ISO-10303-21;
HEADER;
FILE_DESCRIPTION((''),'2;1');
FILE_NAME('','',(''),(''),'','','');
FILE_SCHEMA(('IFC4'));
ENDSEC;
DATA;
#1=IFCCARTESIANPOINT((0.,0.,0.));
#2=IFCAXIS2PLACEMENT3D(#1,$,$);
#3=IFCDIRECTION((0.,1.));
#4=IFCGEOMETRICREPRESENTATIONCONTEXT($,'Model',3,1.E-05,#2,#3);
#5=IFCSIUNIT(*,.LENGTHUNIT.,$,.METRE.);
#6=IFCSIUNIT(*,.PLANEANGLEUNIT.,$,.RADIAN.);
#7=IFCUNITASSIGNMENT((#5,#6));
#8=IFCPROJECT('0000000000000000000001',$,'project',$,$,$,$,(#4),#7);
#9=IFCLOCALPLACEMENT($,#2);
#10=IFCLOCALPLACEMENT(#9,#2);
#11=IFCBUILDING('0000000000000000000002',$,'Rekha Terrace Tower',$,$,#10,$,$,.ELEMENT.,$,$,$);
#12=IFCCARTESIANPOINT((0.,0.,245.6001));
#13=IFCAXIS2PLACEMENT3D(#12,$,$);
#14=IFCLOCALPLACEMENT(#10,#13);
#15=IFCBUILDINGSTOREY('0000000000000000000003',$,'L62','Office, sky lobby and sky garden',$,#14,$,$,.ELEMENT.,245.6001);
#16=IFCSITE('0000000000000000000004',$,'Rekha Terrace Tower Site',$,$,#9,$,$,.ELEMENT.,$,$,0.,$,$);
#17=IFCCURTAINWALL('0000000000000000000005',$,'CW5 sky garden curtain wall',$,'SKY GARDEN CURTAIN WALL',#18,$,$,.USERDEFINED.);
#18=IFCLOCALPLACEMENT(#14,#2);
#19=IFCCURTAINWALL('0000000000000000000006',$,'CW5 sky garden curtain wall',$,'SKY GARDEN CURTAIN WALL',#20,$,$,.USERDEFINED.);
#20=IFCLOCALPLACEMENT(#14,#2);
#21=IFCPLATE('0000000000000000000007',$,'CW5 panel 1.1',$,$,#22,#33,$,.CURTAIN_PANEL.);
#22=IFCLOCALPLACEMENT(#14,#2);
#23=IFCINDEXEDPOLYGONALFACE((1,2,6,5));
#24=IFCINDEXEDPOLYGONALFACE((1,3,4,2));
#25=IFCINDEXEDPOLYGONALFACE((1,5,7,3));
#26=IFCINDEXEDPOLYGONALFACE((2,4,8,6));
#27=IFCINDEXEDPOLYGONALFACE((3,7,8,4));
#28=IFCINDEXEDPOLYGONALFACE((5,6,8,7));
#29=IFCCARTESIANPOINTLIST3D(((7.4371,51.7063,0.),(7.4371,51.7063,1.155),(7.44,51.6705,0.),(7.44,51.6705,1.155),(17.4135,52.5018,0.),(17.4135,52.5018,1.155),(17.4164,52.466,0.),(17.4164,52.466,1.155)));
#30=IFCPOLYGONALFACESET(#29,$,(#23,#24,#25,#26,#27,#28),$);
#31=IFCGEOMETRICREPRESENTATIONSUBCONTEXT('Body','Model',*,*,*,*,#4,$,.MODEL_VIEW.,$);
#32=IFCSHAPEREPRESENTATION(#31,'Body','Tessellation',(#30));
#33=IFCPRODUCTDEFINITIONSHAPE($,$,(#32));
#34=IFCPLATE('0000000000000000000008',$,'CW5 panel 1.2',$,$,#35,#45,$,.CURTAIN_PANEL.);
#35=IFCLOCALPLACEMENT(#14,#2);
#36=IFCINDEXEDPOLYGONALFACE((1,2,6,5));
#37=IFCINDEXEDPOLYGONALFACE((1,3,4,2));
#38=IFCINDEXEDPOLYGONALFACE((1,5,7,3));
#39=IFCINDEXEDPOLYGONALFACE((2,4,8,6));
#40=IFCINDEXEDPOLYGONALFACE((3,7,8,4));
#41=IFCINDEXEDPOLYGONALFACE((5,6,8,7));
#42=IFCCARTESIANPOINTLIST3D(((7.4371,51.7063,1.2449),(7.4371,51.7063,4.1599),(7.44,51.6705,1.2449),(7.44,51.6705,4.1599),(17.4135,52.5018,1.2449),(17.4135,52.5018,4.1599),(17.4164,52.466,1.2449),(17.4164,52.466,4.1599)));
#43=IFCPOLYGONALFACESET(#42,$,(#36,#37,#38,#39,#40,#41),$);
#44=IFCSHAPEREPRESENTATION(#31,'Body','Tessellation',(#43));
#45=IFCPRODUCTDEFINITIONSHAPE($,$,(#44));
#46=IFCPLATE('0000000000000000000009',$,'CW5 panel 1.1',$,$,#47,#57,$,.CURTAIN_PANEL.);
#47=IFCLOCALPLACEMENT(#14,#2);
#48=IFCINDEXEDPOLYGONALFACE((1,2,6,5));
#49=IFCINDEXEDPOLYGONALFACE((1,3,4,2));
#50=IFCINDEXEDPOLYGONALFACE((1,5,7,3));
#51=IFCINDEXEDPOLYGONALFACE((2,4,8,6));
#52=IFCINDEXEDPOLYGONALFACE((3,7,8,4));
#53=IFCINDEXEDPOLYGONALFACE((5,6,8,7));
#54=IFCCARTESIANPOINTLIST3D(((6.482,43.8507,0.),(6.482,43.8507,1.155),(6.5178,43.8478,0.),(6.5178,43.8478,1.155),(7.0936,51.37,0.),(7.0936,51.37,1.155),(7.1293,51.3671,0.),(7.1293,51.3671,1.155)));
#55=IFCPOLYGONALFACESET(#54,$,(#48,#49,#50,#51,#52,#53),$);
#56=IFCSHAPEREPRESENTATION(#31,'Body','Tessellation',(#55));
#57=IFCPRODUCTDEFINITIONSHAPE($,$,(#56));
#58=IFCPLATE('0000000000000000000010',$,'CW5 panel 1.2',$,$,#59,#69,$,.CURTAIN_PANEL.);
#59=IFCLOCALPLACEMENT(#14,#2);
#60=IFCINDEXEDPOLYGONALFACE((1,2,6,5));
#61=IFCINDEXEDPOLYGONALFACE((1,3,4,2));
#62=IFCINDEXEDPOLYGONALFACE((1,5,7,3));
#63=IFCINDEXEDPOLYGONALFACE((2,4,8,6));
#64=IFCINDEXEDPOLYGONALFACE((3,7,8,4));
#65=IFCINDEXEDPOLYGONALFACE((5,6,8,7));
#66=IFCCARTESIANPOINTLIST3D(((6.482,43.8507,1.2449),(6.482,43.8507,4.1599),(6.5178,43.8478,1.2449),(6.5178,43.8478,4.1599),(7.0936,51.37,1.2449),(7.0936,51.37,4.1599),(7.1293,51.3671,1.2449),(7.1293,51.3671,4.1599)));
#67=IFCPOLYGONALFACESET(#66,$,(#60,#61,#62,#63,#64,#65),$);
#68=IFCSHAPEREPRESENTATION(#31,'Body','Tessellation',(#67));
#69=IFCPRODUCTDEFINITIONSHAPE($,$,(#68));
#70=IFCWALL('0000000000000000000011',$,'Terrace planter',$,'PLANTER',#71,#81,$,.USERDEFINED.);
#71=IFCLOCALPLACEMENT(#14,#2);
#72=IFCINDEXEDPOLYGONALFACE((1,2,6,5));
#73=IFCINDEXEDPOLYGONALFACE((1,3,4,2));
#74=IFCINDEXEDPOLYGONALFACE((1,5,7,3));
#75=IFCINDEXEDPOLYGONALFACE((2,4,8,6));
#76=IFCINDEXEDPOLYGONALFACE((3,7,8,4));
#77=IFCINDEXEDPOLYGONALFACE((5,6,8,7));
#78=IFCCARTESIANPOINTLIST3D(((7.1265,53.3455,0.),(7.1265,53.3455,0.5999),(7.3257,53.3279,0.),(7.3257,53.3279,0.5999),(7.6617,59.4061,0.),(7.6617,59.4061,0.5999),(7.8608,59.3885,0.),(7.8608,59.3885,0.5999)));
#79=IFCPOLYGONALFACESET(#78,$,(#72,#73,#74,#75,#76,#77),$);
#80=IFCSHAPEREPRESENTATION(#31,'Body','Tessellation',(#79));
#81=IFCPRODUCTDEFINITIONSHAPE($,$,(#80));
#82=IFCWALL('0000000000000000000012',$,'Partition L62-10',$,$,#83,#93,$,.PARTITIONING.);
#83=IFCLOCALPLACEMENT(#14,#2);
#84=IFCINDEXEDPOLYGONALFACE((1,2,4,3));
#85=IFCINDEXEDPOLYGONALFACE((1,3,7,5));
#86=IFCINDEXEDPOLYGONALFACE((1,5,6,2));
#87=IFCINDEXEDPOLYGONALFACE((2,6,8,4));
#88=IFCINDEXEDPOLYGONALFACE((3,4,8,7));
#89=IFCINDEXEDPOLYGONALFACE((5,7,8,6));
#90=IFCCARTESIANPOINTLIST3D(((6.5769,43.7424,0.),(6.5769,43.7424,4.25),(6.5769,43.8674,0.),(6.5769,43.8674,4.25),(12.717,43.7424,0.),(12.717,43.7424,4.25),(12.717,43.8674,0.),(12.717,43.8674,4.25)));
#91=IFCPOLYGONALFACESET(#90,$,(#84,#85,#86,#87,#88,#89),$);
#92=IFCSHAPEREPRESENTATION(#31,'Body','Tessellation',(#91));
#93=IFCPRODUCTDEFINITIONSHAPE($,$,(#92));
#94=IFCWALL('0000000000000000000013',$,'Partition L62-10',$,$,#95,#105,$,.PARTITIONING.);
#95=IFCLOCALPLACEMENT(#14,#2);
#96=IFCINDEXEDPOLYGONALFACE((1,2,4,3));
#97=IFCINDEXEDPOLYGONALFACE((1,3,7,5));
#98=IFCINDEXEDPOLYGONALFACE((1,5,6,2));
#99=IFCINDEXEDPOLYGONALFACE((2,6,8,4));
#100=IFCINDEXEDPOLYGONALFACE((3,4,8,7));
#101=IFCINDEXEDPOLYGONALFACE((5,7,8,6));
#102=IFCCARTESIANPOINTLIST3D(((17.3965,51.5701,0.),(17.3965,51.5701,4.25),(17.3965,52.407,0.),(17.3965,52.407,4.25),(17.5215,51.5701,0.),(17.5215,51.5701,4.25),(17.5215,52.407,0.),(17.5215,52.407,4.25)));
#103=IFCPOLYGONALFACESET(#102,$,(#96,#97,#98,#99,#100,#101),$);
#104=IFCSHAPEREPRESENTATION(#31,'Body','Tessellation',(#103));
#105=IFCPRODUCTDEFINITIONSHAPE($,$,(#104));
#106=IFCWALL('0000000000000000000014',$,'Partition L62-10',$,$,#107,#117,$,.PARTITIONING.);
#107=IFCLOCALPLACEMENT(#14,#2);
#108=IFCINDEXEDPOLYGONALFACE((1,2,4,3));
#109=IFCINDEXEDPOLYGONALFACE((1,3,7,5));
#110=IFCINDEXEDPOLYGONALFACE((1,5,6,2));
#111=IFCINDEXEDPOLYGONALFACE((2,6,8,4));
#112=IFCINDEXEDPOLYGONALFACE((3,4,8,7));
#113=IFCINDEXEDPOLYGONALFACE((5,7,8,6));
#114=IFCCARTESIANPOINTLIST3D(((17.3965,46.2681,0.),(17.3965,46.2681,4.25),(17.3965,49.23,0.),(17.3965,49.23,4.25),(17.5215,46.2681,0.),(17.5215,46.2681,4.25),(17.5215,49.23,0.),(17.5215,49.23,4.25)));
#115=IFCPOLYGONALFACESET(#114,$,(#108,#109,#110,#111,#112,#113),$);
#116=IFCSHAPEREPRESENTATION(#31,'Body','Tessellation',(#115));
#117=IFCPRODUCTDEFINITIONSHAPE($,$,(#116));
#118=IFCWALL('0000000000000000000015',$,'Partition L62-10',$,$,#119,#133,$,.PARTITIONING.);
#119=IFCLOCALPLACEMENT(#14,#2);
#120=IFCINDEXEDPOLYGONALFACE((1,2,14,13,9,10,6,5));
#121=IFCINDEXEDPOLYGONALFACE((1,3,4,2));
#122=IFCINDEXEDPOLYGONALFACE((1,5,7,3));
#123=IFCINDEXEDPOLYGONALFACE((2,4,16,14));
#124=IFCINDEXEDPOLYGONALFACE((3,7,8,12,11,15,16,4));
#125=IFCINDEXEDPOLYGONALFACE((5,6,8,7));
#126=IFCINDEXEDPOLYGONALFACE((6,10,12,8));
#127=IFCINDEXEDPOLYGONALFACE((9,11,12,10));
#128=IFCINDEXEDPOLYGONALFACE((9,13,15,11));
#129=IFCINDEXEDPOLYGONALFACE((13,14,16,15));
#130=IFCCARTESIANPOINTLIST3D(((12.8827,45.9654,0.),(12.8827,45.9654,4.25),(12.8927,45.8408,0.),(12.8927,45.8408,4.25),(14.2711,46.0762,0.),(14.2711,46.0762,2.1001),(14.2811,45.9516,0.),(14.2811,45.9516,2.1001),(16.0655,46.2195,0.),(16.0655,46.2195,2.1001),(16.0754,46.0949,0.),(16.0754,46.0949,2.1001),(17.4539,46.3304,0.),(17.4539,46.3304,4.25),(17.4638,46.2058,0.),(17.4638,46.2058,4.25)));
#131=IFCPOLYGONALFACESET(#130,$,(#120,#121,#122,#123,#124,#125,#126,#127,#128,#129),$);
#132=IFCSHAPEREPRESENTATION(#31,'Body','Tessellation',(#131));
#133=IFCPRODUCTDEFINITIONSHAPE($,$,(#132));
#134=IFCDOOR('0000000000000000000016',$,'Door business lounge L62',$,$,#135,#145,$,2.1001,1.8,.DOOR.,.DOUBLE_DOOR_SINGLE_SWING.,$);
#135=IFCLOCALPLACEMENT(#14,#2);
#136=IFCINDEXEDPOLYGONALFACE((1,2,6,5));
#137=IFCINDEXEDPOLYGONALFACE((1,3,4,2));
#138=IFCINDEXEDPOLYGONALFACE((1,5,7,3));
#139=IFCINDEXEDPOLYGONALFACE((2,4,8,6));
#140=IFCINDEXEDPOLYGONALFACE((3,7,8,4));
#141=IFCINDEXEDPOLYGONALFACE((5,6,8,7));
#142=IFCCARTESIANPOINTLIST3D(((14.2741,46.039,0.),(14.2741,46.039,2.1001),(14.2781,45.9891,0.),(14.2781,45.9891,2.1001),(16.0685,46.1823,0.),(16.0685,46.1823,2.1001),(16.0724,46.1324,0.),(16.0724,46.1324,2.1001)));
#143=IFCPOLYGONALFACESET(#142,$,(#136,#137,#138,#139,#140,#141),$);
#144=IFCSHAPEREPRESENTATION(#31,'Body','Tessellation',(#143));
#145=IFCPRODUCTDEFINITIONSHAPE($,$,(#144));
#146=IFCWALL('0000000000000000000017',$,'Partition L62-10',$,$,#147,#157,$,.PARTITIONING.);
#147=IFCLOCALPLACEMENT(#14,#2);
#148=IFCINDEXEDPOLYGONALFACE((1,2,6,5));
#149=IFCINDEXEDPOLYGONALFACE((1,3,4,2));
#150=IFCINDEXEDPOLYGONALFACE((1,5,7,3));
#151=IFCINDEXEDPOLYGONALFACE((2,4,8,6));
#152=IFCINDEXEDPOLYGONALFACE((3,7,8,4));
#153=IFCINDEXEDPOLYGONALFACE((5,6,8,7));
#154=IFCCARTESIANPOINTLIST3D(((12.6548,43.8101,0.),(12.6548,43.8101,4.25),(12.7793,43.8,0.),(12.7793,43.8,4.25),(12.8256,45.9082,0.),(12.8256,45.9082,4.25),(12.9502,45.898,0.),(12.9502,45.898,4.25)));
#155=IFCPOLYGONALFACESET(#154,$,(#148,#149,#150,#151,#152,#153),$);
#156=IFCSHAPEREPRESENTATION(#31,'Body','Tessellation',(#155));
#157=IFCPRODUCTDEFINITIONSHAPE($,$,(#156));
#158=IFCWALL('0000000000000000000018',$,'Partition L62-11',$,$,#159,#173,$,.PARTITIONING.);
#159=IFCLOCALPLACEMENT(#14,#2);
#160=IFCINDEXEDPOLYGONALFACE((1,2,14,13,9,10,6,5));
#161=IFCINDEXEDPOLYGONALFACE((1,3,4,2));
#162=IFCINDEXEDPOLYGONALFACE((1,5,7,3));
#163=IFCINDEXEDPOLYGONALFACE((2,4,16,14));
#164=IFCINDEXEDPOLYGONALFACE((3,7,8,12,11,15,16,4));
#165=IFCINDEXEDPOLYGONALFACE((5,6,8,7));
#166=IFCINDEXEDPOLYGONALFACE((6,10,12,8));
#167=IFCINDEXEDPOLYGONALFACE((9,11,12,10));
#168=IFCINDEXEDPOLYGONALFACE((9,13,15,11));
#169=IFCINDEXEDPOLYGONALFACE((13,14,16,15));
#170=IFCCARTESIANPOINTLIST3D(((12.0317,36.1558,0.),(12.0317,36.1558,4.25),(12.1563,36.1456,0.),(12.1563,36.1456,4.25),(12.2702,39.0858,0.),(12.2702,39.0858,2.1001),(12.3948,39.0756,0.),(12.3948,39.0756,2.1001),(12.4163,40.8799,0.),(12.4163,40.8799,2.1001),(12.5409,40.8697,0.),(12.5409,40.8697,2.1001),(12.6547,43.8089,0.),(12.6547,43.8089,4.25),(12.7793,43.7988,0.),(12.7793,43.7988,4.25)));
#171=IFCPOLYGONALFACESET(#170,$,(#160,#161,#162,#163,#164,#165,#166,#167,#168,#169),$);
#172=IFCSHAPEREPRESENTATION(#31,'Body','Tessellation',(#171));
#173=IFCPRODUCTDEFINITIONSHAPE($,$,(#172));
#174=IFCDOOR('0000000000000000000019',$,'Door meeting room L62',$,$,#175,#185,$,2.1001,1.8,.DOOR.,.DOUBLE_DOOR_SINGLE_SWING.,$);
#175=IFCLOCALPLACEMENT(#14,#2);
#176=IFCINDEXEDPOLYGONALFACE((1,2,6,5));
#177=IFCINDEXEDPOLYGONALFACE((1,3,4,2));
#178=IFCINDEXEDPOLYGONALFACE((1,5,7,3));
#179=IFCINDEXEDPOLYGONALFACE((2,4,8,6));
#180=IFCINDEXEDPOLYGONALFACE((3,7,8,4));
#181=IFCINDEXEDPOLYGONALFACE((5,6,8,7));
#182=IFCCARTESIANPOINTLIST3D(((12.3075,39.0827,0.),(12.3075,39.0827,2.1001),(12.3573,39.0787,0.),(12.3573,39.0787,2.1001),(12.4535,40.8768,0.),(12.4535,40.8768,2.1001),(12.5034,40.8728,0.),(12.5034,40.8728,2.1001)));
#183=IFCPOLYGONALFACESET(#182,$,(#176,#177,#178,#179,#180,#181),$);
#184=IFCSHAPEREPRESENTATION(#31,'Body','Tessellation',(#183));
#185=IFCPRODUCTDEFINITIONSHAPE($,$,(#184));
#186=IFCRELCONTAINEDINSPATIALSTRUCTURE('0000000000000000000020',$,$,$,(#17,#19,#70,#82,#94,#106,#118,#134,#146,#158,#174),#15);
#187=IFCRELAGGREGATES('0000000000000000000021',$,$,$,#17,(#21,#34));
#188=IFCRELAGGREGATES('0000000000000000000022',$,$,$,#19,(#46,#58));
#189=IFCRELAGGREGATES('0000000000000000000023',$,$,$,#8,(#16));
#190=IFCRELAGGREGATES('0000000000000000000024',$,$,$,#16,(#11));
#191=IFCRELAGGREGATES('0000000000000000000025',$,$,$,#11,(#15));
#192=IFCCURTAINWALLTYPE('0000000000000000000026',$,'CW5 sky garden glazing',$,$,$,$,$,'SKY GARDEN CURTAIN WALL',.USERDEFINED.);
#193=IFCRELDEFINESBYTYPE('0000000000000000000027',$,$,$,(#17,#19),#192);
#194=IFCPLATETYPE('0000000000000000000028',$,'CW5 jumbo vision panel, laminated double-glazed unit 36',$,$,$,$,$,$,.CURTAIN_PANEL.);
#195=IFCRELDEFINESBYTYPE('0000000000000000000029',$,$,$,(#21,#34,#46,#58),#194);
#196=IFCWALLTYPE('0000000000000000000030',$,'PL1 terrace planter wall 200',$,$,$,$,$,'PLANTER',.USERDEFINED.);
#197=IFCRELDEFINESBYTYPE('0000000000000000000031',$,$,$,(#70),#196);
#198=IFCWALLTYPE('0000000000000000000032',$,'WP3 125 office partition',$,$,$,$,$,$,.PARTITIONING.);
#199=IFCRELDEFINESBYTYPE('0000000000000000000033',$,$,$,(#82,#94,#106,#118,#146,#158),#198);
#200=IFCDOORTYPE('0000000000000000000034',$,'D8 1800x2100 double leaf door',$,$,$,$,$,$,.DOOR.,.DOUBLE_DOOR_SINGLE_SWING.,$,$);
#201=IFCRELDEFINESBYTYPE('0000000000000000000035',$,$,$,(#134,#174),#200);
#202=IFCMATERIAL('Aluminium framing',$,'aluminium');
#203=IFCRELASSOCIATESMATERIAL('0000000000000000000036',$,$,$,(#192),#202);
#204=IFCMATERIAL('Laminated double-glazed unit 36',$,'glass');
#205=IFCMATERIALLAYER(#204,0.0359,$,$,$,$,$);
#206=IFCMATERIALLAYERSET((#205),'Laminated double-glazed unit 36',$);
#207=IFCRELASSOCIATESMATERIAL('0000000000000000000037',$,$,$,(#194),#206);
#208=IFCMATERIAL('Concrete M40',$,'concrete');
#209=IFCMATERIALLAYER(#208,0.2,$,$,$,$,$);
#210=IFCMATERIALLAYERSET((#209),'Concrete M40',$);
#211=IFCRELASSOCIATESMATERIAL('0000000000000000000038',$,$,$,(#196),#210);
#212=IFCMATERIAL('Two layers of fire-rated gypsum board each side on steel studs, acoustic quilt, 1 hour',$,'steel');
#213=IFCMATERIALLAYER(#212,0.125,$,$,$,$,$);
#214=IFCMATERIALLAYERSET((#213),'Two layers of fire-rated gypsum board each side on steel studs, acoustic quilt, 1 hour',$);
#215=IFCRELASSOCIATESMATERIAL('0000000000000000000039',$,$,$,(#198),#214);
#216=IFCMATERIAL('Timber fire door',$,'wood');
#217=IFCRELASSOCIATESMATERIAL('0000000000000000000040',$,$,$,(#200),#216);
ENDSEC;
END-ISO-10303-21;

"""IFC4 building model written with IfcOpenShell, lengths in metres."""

from ifc_helpers import new_model, si_unit, direction, frame, frame_2d, origin, origin_2d, place, context, subcontext, project, spatial, rectangle, extrude, material, layer, layer_set, type_object, element, fill, aggregate, save


model = new_model("IFC4")

# Units and contexts
model_context = context("Model", 3, precision=1e-05, world=origin(), true_north=direction((0.0, 1.0)))
body_context = subcontext(model_context, "Body", "Model", "MODEL_VIEW")
ifc_project = project(units=[si_unit("LENGTHUNIT", "METRE"), si_unit("PLANEANGLEUNIT", "RADIAN")], contexts=[model_context])

# Site, building, storey
site_placement = place(None, origin())
site = spatial("IfcSite", under=ifc_project, at=site_placement, Name="Rekha Terrace Tower Site", CompositionType="ELEMENT", RefElevation=0.0)
building_placement = place(site_placement, origin())
building = spatial("IfcBuilding", under=site, at=building_placement, Name="Rekha Terrace Tower", CompositionType="ELEMENT")
storey_placement = place(building_placement, frame((0.0, 0.0, 245.6001)))
storey = spatial("IfcBuildingStorey", under=building, at=storey_placement, Name="L62", Description="Office, sky lobby and sky garden", CompositionType="ELEMENT", Elevation=245.6001)

# Curtain wall
ifc_material_1 = material(Name="Aluminium framing", Category="aluminium")
curtain_wall_type = type_object("IfcCurtainWallType", Name="CW5 sky garden glazing", ElementType="SKY GARDEN CURTAIN WALL", PredefinedType="USERDEFINED", material=ifc_material_1)
curtain_wall_1_placement = place(storey_placement, origin())
curtain_wall_1 = element("IfcCurtainWall", 1, at=curtain_wall_1_placement, inside=storey, type_object=curtain_wall_type, Name="CW5 sky garden curtain wall", ObjectType="SKY GARDEN CURTAIN WALL", PredefinedType="USERDEFINED")

# Curtain wall
curtain_wall_2_placement = place(storey_placement, origin())
curtain_wall_2 = element("IfcCurtainWall", 2, at=curtain_wall_2_placement, inside=storey, type_object=curtain_wall_type, Name="CW5 sky garden curtain wall", ObjectType="SKY GARDEN CURTAIN WALL", PredefinedType="USERDEFINED")

# Plates
ifc_material_2 = material(Name="Laminated double-glazed unit 36", Category="glass")
ifc_layer_1 = layer(ifc_material_2, 0.0359)
ifc_layer_set_1 = layer_set([ifc_layer_1], Name="Laminated double-glazed unit 36")
plate_type = type_object("IfcPlateType", Name="CW5 jumbo vision panel, laminated double-glazed unit 36", PredefinedType="CURTAIN_PANEL", material=ifc_layer_set_1)
plate_1_placement = place(storey_placement, frame((12.4268, 52.0862, 0.0), z_axis=(0.0, 0.0, 1.0), x_axis=(-0.996836, -0.079485, 0.0)))
plate_1 = element("IfcPlate", 3, at=plate_1_placement, type_object=plate_type, Name="CW5 panel 1.1", PredefinedType="CURTAIN_PANEL", context=body_context, shape_type="SweptSolid", body=[
    extrude(rectangle(XDim=10.0081, YDim=0.0359, at=origin_2d()), origin(), (0.0, 0.0, 1.0), 1.155),
])
plate_2_placement = place(storey_placement, frame((12.4268, 52.0862, 1.2449), z_axis=(0.0, 0.0, 1.0), x_axis=(-0.996836, -0.079485, 0.0)))
plate_2 = element("IfcPlate", 4, at=plate_2_placement, type_object=plate_type, Name="CW5 panel 1.2", PredefinedType="CURTAIN_PANEL", context=body_context, shape_type="SweptSolid", body=[
    extrude(rectangle(XDim=10.0081, YDim=0.0359, at=origin_2d()), origin(), (0.0, 0.0, 1.0), 2.915),
])
aggregate(curtain_wall_1, [plate_1, plate_2])
plate_3_placement = place(storey_placement, frame((6.8057, 47.6089, 0.0), z_axis=(0.0, 0.0, 1.0), x_axis=(-0.081068, -0.996709, 0.0)))
plate_3 = element("IfcPlate", 5, at=plate_3_placement, type_object=plate_type, Name="CW5 panel 1.1", PredefinedType="CURTAIN_PANEL", context=body_context, shape_type="SweptSolid", body=[
    extrude(rectangle(XDim=7.5442, YDim=0.0359, at=origin_2d()), origin(), (0.0, 0.0, 1.0), 1.155),
])
plate_4_placement = place(storey_placement, frame((6.8057, 47.6089, 1.2449), z_axis=(0.0, 0.0, 1.0), x_axis=(-0.081068, -0.996709, 0.0)))
plate_4 = element("IfcPlate", 6, at=plate_4_placement, type_object=plate_type, Name="CW5 panel 1.2", PredefinedType="CURTAIN_PANEL", context=body_context, shape_type="SweptSolid", body=[
    extrude(rectangle(XDim=7.5442, YDim=0.0359, at=origin_2d()), origin(), (0.0, 0.0, 1.0), 2.915),
])
aggregate(curtain_wall_2, [plate_3, plate_4])

# Walls
ifc_material_3 = material(Name="Concrete M40", Category="concrete")
ifc_layer_2 = layer(ifc_material_3, 0.2)
ifc_layer_set_2 = layer_set([ifc_layer_2], Name="Concrete M40")
wall_type_1 = type_object("IfcWallType", Name="PL1 terrace planter wall 200", ElementType="PLANTER", PredefinedType="USERDEFINED", material=ifc_layer_set_2)
wall_1_placement = place(storey_placement, frame((7.7612, 59.3972, 0.0), z_axis=(0.0, 0.0, 1.0), x_axis=(-0.087959, -0.996124, 0.0)))
element("IfcWall", 7, at=wall_1_placement, inside=storey, type_object=wall_type_1, Name="Terrace planter", ObjectType="PLANTER", PredefinedType="USERDEFINED", context=body_context, shape_type="SweptSolid", body=[
    extrude(rectangle(XDim=6.0842, YDim=0.2, at=frame_2d((3.042, 0.0))), origin(), (0.0, 0.0, 1.0), 0.5999),
])
ifc_material_4 = material(Name="Two layers of fire-rated gypsum board each side on steel studs, acoustic quilt, 1 hour", Category="steel")
ifc_layer_3 = layer(ifc_material_4, 0.125)
ifc_layer_set_3 = layer_set([ifc_layer_3], Name="Two layers of fire-rated gypsum board each side on steel studs, acoustic quilt, 1 hour")
wall_type_2 = type_object("IfcWallType", Name="WP3 125 office partition", PredefinedType="PARTITIONING", material=ifc_layer_set_3)
wall_2_placement = place(storey_placement, frame((12.717, 43.8049, 0.0), z_axis=(0.0, 0.0, 1.0), x_axis=(-1.0, 0.0, 0.0)))
element("IfcWall", 8, at=wall_2_placement, inside=storey, type_object=wall_type_2, Name="Partition L62-10", PredefinedType="PARTITIONING", context=body_context, shape_type="SweptSolid", body=[
    extrude(rectangle(XDim=6.1401, YDim=0.125, at=frame_2d((3.0701, 0.0))), origin(), (0.0, 0.0, 1.0), 4.25),
])
wall_3_placement = place(storey_placement, frame((17.459, 52.407, 0.0), z_axis=(0.0, 0.0, 1.0), x_axis=(0.0, -1.0, 0.0)))
element("IfcWall", 9, at=wall_3_placement, inside=storey, type_object=wall_type_2, Name="Partition L62-10", PredefinedType="PARTITIONING", context=body_context, shape_type="SweptSolid", body=[
    extrude(rectangle(XDim=0.8369, YDim=0.125, at=frame_2d((0.4185, 0.0))), origin(), (0.0, 0.0, 1.0), 4.25),
])
wall_4_placement = place(storey_placement, frame((17.459, 49.23, 0.0), z_axis=(0.0, 0.0, 1.0), x_axis=(0.0, -1.0, 0.0)))
element("IfcWall", 10, at=wall_4_placement, inside=storey, type_object=wall_type_2, Name="Partition L62-10", PredefinedType="PARTITIONING", context=body_context, shape_type="SweptSolid", body=[
    extrude(rectangle(XDim=2.9619, YDim=0.125, at=frame_2d((1.481, 0.0))), origin(), (0.0, 0.0, 1.0), 4.25),
])

# Wall, opening, door
wall_5_placement = place(storey_placement, frame((17.459, 46.2681, 0.0), z_axis=(0.0, 0.0, 1.0), x_axis=(-0.996827, -0.079595, 0.0)))
wall_5 = element("IfcWall", 11, at=wall_5_placement, inside=storey, type_object=wall_type_2, Name="Partition L62-10", PredefinedType="PARTITIONING", context=body_context, shape_type="SweptSolid", body=[
    extrude(rectangle(XDim=4.5857, YDim=0.125, at=frame_2d((2.293, 0.0))), origin(), (0.0, 0.0, 1.0), 4.25),
])
opening_1_placement = place(wall_5_placement, frame((1.3931, 0.0, 0.0)))
opening_1 = element("IfcOpeningElement", 12, at=opening_1_placement, cuts=wall_5, PredefinedType="OPENING", context=body_context, shape_type="SweptSolid", body=[
    extrude(rectangle(XDim=1.8, YDim=2.1001, at=frame_2d((0.8999, 1.05))), frame((0.0, 0.0725, 0.0), z_axis=(0.0, -1.0, 0.0), x_axis=(1.0, 0.0, 0.0)), (0.0, 0.0, 1.0), 0.145),
])
ifc_material_5 = material(Name="Timber fire door", Category="wood")
door_type = type_object("IfcDoorType", Name="D8 1800x2100 double leaf door", OperationType="DOUBLE_DOOR_SINGLE_SWING", PredefinedType="DOOR", material=ifc_material_5)
door_1_placement = place(opening_1_placement, origin())
door_1 = element("IfcDoor", 13, at=door_1_placement, inside=storey, type_object=door_type, Name="Door business lounge L62", OperationType="DOUBLE_DOOR_SINGLE_SWING", OverallHeight=2.1001, OverallWidth=1.8, PredefinedType="DOOR", context=body_context, shape_type="SweptSolid", body=[
    extrude(rectangle(XDim=1.8, YDim=2.1001, at=frame_2d((0.8999, 1.05))), frame((0.0, 0.0249, 0.0), z_axis=(0.0, -1.0, 0.0), x_axis=(1.0, 0.0, 0.0)), (0.0, 0.0, 1.0), 0.05),
])
fill(opening_1, door_1)

# Wall
wall_6_placement = place(storey_placement, frame((12.8879, 45.9031, 0.0), z_axis=(0.0, 0.0, 1.0), x_axis=(-0.081183, -0.996699, 0.0)))
element("IfcWall", 14, at=wall_6_placement, inside=storey, type_object=wall_type_2, Name="Partition L62-10", PredefinedType="PARTITIONING", context=body_context, shape_type="SweptSolid", body=[
    extrude(rectangle(XDim=2.105, YDim=0.125, at=frame_2d((1.0525, 0.0))), origin(), (0.0, 0.0, 1.0), 4.25),
])

# Wall, opening, door
wall_7_placement = place(storey_placement, frame((12.717, 43.804, 0.0), z_axis=(0.0, 0.0, 1.0), x_axis=(-0.081143, -0.996702, 0.0)))
wall_7 = element("IfcWall", 15, at=wall_7_placement, inside=storey, type_object=wall_type_2, Name="Partition L62-11", PredefinedType="PARTITIONING", context=body_context, shape_type="SweptSolid", body=[
    extrude(rectangle(XDim=7.6785, YDim=0.125, at=frame_2d((3.8394, 0.0))), origin(), (0.0, 0.0, 1.0), 4.25),
])
opening_2_placement = place(wall_7_placement, frame((2.939, 0.0, 0.0)))
opening_2 = element("IfcOpeningElement", 16, at=opening_2_placement, cuts=wall_7, PredefinedType="OPENING", context=body_context, shape_type="SweptSolid", body=[
    extrude(rectangle(XDim=1.8, YDim=2.1001, at=frame_2d((0.8999, 1.05))), frame((0.0, 0.0725, 0.0), z_axis=(0.0, -1.0, 0.0), x_axis=(1.0, 0.0, 0.0)), (0.0, 0.0, 1.0), 0.145),
])
door_2_placement = place(opening_2_placement, origin())
door_2 = element("IfcDoor", 17, at=door_2_placement, inside=storey, type_object=door_type, Name="Door meeting room L62", OperationType="DOUBLE_DOOR_SINGLE_SWING", OverallHeight=2.1001, OverallWidth=1.8, PredefinedType="DOOR", context=body_context, shape_type="SweptSolid", body=[
    extrude(rectangle(XDim=1.8, YDim=2.1001, at=frame_2d((0.8999, 1.05))), frame((0.0, 0.0249, 0.0), z_axis=(0.0, -1.0, 0.0), x_axis=(1.0, 0.0, 0.0)), (0.0, 0.0, 1.0), 0.05),
])
fill(opening_2, door_2)

save(model, "model.ifc")
